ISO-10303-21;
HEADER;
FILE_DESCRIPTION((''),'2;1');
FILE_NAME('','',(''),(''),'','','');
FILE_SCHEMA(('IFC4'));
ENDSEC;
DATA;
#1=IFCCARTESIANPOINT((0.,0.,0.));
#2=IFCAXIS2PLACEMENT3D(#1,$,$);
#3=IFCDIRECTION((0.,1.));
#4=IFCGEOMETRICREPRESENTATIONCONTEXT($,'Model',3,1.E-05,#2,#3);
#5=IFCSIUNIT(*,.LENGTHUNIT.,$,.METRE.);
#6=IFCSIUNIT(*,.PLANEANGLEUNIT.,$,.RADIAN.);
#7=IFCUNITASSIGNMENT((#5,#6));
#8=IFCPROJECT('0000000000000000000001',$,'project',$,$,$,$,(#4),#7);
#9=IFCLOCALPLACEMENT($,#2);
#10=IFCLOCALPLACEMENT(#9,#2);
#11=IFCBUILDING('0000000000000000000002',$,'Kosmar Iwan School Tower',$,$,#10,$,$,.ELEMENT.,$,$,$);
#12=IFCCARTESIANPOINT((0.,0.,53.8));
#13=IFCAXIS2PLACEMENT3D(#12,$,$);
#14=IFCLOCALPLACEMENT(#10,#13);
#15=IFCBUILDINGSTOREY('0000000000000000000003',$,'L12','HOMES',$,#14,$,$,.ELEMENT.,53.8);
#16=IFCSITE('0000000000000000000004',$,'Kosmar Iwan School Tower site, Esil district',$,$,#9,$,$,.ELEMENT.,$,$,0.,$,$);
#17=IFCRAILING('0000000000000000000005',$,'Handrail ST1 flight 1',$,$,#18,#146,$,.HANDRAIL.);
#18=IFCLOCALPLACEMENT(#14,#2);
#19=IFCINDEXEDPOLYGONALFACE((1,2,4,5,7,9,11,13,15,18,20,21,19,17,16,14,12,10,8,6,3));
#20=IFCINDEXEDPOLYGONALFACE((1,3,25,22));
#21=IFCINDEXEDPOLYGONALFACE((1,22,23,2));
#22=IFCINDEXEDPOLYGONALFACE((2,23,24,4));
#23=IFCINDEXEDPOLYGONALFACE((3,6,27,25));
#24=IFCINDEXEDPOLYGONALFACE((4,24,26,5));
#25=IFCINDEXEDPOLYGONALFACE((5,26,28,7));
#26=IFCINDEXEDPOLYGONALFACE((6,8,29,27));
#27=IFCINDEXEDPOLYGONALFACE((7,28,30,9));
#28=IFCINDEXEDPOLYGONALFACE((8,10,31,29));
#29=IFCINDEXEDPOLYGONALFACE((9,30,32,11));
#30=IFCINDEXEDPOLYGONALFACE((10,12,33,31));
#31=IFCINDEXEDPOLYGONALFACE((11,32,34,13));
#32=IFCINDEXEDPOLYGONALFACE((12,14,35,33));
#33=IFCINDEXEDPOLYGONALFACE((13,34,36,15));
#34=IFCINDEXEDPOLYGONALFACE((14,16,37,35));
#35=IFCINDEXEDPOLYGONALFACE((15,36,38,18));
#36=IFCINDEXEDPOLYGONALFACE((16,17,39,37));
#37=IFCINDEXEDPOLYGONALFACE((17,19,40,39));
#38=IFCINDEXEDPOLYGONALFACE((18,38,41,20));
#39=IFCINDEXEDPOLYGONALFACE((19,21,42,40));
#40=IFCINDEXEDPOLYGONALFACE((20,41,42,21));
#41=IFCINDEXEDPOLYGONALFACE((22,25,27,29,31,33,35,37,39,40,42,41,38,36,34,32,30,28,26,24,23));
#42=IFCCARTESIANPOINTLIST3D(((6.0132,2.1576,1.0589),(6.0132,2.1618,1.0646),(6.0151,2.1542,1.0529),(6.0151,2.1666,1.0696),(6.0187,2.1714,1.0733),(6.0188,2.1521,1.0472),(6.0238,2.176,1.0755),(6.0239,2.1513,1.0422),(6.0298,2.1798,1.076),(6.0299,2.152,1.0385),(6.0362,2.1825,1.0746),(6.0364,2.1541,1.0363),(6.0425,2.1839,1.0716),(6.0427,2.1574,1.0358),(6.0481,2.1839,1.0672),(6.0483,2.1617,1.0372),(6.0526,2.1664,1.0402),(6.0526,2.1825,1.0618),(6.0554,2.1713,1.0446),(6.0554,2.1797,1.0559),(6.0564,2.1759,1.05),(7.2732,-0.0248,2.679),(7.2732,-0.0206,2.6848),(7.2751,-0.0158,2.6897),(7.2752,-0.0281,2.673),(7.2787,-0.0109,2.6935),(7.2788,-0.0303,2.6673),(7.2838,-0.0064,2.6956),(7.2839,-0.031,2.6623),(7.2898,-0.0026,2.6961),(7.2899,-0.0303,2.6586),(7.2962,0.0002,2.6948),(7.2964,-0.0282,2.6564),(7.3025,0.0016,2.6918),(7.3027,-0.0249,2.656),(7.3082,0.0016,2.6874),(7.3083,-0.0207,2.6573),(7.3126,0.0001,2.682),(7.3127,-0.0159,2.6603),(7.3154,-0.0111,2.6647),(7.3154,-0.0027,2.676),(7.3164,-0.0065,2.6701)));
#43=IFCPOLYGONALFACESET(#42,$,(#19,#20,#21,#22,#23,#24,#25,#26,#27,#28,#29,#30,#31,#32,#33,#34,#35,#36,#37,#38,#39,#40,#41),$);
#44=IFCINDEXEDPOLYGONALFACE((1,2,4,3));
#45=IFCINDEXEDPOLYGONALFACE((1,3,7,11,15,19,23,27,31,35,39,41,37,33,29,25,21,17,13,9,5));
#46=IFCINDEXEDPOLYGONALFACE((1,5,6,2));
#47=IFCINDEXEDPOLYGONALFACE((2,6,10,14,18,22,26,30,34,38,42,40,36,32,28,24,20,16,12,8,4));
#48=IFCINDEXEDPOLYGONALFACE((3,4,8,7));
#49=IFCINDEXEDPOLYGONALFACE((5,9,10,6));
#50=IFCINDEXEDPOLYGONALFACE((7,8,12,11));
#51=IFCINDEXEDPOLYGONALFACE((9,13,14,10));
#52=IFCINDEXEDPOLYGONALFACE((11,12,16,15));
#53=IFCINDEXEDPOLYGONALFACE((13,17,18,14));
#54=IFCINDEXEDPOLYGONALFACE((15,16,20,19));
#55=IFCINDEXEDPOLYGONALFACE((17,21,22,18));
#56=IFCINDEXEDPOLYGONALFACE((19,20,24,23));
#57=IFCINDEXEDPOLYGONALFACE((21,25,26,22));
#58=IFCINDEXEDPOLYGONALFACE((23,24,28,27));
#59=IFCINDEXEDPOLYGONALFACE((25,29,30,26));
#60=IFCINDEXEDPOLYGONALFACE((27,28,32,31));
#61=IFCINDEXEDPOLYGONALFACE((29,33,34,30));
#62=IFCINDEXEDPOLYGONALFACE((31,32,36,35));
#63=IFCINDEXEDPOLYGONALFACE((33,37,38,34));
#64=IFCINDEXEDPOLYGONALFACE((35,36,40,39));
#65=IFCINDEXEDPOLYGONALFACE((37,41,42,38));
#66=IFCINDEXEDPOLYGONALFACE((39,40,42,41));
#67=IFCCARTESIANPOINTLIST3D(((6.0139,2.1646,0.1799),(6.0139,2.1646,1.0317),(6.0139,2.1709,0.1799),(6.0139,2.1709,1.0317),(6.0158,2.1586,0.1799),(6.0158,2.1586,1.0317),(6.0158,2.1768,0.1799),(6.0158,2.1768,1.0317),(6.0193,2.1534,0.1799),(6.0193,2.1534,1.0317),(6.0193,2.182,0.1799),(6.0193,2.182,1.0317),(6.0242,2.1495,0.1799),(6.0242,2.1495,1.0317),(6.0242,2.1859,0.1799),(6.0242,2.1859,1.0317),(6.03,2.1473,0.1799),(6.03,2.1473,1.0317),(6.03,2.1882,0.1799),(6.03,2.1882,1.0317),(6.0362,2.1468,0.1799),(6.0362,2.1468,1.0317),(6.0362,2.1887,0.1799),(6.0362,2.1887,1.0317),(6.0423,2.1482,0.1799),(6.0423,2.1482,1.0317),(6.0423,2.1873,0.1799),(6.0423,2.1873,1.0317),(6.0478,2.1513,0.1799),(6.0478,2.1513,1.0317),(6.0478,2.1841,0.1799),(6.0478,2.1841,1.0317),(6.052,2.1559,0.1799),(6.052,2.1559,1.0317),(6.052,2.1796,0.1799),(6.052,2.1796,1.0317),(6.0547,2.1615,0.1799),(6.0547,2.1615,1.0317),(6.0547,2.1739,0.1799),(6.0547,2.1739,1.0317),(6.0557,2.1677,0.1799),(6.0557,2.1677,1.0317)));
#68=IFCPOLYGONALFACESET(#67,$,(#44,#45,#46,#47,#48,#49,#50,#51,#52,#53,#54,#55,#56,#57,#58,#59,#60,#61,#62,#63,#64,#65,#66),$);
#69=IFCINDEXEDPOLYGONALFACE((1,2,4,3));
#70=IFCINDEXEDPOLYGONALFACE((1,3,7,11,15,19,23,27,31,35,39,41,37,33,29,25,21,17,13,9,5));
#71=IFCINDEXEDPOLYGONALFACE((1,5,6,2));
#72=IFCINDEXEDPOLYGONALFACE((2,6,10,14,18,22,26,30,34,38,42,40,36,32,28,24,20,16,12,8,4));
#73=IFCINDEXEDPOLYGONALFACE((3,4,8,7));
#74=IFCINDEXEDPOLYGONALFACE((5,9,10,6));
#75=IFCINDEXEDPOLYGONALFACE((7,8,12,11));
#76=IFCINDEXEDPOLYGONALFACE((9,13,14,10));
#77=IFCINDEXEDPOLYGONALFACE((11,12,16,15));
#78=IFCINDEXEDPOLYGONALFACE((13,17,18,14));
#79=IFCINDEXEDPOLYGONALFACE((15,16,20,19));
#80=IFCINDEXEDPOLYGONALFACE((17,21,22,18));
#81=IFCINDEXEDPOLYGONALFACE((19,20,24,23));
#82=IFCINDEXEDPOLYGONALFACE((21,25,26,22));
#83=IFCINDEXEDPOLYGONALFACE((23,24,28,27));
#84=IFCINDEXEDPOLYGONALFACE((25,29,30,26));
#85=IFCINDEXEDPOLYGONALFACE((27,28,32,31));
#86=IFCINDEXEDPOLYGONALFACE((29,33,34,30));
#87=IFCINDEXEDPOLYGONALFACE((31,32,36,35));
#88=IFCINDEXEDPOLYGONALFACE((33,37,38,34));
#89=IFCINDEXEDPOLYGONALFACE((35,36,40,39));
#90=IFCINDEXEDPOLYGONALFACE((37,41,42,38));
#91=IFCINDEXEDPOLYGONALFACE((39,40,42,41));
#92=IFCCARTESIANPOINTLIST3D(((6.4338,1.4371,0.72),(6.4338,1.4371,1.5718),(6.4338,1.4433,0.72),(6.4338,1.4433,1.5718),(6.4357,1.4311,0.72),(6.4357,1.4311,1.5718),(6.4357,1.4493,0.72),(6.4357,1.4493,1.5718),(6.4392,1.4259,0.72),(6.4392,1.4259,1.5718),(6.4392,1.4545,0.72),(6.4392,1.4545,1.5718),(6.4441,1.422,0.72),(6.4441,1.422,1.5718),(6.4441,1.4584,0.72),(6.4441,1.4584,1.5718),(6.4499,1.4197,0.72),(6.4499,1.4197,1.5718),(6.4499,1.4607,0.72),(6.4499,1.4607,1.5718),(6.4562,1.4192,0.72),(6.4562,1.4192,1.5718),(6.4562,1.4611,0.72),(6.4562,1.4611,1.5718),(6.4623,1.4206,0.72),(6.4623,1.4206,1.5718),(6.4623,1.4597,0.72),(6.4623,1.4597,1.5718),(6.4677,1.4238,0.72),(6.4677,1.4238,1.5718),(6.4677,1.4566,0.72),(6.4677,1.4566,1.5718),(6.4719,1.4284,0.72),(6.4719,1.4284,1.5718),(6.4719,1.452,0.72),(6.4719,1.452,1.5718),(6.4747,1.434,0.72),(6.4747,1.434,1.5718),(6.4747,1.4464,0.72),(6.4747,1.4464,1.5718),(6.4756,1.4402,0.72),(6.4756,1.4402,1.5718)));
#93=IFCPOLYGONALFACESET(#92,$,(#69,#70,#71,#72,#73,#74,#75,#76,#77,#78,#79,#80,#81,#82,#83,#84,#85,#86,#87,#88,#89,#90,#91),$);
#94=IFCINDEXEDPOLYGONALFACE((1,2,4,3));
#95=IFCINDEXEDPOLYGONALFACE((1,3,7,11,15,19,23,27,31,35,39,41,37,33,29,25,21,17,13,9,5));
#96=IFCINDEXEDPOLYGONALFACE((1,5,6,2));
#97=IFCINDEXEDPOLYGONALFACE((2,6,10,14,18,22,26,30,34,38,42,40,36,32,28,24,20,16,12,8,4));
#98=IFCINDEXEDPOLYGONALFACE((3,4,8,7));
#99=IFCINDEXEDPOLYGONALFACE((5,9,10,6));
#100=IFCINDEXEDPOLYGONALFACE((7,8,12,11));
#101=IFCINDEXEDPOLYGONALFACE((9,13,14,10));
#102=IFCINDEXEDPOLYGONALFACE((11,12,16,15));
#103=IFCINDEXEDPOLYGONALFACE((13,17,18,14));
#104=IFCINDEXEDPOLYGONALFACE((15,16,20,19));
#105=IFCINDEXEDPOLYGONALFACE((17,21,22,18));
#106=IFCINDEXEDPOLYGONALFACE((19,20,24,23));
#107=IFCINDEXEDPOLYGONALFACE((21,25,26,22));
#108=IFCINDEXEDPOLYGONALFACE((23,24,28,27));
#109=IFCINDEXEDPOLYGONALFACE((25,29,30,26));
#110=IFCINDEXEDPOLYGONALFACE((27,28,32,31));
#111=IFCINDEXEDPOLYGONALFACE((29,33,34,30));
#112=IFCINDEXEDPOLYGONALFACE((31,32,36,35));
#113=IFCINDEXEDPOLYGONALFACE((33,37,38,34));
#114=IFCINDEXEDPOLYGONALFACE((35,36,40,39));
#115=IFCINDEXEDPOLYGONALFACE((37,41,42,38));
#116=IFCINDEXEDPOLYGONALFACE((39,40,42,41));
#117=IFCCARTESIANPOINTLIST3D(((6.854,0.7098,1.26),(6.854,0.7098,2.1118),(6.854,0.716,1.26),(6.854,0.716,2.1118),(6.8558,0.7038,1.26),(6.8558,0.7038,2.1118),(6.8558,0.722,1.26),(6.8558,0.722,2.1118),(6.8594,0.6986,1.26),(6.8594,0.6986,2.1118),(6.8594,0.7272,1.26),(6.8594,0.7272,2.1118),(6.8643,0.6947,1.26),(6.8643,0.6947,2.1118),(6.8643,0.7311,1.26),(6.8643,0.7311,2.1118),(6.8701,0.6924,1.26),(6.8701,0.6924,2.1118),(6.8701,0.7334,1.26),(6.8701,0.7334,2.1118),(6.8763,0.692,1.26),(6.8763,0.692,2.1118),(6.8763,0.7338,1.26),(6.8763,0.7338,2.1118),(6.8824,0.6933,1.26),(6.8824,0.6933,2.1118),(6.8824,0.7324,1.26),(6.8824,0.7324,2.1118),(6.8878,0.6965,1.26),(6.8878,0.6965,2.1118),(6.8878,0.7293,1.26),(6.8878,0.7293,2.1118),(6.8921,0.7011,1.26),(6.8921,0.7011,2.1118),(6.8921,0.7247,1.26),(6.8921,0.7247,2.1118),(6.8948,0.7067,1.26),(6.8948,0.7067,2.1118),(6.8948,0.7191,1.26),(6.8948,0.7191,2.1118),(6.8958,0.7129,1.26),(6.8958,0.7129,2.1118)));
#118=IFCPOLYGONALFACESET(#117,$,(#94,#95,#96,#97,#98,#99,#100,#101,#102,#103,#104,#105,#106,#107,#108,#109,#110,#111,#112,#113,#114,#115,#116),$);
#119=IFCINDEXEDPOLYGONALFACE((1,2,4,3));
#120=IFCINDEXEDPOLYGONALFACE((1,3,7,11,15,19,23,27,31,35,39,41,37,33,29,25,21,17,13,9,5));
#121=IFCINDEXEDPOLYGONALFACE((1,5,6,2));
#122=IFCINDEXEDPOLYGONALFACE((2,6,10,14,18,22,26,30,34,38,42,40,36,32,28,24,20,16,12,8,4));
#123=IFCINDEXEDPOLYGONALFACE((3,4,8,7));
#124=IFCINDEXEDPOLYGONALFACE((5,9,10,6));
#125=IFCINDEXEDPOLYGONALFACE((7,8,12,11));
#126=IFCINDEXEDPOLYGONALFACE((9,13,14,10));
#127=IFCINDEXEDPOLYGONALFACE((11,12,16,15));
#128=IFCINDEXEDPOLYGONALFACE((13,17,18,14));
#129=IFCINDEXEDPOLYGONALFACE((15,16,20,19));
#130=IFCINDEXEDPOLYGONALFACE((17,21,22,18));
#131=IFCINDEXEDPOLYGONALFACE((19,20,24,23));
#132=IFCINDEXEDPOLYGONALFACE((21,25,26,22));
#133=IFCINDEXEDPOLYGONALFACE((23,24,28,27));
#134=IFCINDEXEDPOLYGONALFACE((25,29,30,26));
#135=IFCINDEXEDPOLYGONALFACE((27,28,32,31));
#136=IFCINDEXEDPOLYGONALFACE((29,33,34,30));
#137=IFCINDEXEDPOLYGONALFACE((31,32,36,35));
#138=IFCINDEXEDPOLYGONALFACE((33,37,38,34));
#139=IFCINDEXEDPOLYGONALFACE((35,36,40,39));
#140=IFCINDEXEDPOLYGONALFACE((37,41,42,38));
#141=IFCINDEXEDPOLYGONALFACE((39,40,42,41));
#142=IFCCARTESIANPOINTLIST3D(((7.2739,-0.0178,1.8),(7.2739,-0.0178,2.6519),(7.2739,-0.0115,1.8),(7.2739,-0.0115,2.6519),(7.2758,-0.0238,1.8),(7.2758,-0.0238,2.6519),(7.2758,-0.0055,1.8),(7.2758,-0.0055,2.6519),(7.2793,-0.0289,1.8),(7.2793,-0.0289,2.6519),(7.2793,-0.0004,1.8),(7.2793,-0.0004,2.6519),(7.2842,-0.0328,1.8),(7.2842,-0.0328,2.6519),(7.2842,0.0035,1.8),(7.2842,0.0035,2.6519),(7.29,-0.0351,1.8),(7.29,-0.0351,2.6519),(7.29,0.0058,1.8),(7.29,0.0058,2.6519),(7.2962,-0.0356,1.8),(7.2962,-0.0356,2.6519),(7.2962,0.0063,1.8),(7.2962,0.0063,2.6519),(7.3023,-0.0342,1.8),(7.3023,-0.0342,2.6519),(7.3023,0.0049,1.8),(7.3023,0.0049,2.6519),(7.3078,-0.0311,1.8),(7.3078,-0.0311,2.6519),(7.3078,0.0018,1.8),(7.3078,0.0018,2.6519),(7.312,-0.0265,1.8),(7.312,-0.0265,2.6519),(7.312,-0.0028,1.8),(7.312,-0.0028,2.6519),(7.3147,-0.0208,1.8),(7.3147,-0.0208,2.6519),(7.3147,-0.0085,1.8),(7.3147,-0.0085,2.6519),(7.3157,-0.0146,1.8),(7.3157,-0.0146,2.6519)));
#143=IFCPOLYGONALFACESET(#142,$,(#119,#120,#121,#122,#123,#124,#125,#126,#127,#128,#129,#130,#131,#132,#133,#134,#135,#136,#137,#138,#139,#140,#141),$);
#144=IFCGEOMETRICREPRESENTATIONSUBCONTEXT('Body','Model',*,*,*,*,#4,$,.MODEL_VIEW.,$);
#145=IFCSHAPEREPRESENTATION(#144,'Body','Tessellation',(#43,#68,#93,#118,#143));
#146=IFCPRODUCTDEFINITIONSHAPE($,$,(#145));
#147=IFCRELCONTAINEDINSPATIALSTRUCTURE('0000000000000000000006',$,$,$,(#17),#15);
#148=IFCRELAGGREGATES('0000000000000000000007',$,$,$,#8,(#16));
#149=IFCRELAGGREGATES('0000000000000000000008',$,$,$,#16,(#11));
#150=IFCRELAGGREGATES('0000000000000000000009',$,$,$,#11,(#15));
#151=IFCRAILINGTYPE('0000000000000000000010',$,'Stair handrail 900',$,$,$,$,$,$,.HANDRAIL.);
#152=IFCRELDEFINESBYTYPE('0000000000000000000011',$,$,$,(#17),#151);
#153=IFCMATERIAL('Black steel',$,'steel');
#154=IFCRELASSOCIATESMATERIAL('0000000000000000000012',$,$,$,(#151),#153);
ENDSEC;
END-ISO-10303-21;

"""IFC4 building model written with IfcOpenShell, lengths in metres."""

from ifc_helpers import new_model, si_unit, direction, frame, origin, origin_2d, place, context, subcontext, project, spatial, circle, extrude, material, type_object, element, save


model = new_model("IFC4")

# Units and contexts
model_context = context("Model", 3, precision=1e-05, world=origin(), true_north=direction((0.0, 1.0)))
body_context = subcontext(model_context, "Body", "Model", "MODEL_VIEW")
ifc_project = project(units=[si_unit("LENGTHUNIT", "METRE"), si_unit("PLANEANGLEUNIT", "RADIAN")], contexts=[model_context])

# Site, building, storey
site_placement = place(None, origin())
site = spatial("IfcSite", under=ifc_project, at=site_placement, Name="Kosmar Iwan School Tower site, Esil district", CompositionType="ELEMENT", RefElevation=0.0)
building_placement = place(site_placement, origin())
building = spatial("IfcBuilding", under=site, at=building_placement, Name="Kosmar Iwan School Tower", CompositionType="ELEMENT")
storey_placement = place(building_placement, frame((0.0, 0.0, 53.8)))
storey = spatial("IfcBuildingStorey", under=building, at=storey_placement, Name="L12", Description="HOMES", CompositionType="ELEMENT", Elevation=53.8)

# Railing
ifc_material_1 = material(Name="Black steel", Category="steel")
railing_type = type_object("IfcRailingType", Name="Stair handrail 900", PredefinedType="HANDRAIL", material=ifc_material_1)
railing_placement = place(storey_placement, frame((6.0347, 2.1677, 0.1799)))
element("IfcRailing", 1, at=railing_placement, inside=storey, type_object=railing_type, Name="Handrail ST1 flight 1", PredefinedType="HANDRAIL", context=body_context, shape_type="SweptSolid", body=[
    extrude(circle(Radius=0.0239, at=origin_2d()), frame((0.0, 0.0, 0.876), z_axis=(0.420584, -0.728464, 0.540786), x_axis=(0.866023, 0.500005, 0.0)), (0.0, 0.0, 1.0), 2.9958),
    extrude(circle(Radius=0.021, at=origin_2d()), origin(), (0.0, 0.0, 1.0), 0.8518),
    extrude(circle(Radius=0.021, at=origin_2d()), frame((0.4199, -0.7275, 0.54)), (0.0, 0.0, 1.0), 0.8518),
    extrude(circle(Radius=0.021, at=origin_2d()), frame((0.8401, -1.4548, 1.0801)), (0.0, 0.0, 1.0), 0.8518),
    extrude(circle(Radius=0.021, at=origin_2d()), frame((1.26, -2.1824, 1.6201)), (0.0, 0.0, 1.0), 0.8518),
])

save(model, "model.ifc")
